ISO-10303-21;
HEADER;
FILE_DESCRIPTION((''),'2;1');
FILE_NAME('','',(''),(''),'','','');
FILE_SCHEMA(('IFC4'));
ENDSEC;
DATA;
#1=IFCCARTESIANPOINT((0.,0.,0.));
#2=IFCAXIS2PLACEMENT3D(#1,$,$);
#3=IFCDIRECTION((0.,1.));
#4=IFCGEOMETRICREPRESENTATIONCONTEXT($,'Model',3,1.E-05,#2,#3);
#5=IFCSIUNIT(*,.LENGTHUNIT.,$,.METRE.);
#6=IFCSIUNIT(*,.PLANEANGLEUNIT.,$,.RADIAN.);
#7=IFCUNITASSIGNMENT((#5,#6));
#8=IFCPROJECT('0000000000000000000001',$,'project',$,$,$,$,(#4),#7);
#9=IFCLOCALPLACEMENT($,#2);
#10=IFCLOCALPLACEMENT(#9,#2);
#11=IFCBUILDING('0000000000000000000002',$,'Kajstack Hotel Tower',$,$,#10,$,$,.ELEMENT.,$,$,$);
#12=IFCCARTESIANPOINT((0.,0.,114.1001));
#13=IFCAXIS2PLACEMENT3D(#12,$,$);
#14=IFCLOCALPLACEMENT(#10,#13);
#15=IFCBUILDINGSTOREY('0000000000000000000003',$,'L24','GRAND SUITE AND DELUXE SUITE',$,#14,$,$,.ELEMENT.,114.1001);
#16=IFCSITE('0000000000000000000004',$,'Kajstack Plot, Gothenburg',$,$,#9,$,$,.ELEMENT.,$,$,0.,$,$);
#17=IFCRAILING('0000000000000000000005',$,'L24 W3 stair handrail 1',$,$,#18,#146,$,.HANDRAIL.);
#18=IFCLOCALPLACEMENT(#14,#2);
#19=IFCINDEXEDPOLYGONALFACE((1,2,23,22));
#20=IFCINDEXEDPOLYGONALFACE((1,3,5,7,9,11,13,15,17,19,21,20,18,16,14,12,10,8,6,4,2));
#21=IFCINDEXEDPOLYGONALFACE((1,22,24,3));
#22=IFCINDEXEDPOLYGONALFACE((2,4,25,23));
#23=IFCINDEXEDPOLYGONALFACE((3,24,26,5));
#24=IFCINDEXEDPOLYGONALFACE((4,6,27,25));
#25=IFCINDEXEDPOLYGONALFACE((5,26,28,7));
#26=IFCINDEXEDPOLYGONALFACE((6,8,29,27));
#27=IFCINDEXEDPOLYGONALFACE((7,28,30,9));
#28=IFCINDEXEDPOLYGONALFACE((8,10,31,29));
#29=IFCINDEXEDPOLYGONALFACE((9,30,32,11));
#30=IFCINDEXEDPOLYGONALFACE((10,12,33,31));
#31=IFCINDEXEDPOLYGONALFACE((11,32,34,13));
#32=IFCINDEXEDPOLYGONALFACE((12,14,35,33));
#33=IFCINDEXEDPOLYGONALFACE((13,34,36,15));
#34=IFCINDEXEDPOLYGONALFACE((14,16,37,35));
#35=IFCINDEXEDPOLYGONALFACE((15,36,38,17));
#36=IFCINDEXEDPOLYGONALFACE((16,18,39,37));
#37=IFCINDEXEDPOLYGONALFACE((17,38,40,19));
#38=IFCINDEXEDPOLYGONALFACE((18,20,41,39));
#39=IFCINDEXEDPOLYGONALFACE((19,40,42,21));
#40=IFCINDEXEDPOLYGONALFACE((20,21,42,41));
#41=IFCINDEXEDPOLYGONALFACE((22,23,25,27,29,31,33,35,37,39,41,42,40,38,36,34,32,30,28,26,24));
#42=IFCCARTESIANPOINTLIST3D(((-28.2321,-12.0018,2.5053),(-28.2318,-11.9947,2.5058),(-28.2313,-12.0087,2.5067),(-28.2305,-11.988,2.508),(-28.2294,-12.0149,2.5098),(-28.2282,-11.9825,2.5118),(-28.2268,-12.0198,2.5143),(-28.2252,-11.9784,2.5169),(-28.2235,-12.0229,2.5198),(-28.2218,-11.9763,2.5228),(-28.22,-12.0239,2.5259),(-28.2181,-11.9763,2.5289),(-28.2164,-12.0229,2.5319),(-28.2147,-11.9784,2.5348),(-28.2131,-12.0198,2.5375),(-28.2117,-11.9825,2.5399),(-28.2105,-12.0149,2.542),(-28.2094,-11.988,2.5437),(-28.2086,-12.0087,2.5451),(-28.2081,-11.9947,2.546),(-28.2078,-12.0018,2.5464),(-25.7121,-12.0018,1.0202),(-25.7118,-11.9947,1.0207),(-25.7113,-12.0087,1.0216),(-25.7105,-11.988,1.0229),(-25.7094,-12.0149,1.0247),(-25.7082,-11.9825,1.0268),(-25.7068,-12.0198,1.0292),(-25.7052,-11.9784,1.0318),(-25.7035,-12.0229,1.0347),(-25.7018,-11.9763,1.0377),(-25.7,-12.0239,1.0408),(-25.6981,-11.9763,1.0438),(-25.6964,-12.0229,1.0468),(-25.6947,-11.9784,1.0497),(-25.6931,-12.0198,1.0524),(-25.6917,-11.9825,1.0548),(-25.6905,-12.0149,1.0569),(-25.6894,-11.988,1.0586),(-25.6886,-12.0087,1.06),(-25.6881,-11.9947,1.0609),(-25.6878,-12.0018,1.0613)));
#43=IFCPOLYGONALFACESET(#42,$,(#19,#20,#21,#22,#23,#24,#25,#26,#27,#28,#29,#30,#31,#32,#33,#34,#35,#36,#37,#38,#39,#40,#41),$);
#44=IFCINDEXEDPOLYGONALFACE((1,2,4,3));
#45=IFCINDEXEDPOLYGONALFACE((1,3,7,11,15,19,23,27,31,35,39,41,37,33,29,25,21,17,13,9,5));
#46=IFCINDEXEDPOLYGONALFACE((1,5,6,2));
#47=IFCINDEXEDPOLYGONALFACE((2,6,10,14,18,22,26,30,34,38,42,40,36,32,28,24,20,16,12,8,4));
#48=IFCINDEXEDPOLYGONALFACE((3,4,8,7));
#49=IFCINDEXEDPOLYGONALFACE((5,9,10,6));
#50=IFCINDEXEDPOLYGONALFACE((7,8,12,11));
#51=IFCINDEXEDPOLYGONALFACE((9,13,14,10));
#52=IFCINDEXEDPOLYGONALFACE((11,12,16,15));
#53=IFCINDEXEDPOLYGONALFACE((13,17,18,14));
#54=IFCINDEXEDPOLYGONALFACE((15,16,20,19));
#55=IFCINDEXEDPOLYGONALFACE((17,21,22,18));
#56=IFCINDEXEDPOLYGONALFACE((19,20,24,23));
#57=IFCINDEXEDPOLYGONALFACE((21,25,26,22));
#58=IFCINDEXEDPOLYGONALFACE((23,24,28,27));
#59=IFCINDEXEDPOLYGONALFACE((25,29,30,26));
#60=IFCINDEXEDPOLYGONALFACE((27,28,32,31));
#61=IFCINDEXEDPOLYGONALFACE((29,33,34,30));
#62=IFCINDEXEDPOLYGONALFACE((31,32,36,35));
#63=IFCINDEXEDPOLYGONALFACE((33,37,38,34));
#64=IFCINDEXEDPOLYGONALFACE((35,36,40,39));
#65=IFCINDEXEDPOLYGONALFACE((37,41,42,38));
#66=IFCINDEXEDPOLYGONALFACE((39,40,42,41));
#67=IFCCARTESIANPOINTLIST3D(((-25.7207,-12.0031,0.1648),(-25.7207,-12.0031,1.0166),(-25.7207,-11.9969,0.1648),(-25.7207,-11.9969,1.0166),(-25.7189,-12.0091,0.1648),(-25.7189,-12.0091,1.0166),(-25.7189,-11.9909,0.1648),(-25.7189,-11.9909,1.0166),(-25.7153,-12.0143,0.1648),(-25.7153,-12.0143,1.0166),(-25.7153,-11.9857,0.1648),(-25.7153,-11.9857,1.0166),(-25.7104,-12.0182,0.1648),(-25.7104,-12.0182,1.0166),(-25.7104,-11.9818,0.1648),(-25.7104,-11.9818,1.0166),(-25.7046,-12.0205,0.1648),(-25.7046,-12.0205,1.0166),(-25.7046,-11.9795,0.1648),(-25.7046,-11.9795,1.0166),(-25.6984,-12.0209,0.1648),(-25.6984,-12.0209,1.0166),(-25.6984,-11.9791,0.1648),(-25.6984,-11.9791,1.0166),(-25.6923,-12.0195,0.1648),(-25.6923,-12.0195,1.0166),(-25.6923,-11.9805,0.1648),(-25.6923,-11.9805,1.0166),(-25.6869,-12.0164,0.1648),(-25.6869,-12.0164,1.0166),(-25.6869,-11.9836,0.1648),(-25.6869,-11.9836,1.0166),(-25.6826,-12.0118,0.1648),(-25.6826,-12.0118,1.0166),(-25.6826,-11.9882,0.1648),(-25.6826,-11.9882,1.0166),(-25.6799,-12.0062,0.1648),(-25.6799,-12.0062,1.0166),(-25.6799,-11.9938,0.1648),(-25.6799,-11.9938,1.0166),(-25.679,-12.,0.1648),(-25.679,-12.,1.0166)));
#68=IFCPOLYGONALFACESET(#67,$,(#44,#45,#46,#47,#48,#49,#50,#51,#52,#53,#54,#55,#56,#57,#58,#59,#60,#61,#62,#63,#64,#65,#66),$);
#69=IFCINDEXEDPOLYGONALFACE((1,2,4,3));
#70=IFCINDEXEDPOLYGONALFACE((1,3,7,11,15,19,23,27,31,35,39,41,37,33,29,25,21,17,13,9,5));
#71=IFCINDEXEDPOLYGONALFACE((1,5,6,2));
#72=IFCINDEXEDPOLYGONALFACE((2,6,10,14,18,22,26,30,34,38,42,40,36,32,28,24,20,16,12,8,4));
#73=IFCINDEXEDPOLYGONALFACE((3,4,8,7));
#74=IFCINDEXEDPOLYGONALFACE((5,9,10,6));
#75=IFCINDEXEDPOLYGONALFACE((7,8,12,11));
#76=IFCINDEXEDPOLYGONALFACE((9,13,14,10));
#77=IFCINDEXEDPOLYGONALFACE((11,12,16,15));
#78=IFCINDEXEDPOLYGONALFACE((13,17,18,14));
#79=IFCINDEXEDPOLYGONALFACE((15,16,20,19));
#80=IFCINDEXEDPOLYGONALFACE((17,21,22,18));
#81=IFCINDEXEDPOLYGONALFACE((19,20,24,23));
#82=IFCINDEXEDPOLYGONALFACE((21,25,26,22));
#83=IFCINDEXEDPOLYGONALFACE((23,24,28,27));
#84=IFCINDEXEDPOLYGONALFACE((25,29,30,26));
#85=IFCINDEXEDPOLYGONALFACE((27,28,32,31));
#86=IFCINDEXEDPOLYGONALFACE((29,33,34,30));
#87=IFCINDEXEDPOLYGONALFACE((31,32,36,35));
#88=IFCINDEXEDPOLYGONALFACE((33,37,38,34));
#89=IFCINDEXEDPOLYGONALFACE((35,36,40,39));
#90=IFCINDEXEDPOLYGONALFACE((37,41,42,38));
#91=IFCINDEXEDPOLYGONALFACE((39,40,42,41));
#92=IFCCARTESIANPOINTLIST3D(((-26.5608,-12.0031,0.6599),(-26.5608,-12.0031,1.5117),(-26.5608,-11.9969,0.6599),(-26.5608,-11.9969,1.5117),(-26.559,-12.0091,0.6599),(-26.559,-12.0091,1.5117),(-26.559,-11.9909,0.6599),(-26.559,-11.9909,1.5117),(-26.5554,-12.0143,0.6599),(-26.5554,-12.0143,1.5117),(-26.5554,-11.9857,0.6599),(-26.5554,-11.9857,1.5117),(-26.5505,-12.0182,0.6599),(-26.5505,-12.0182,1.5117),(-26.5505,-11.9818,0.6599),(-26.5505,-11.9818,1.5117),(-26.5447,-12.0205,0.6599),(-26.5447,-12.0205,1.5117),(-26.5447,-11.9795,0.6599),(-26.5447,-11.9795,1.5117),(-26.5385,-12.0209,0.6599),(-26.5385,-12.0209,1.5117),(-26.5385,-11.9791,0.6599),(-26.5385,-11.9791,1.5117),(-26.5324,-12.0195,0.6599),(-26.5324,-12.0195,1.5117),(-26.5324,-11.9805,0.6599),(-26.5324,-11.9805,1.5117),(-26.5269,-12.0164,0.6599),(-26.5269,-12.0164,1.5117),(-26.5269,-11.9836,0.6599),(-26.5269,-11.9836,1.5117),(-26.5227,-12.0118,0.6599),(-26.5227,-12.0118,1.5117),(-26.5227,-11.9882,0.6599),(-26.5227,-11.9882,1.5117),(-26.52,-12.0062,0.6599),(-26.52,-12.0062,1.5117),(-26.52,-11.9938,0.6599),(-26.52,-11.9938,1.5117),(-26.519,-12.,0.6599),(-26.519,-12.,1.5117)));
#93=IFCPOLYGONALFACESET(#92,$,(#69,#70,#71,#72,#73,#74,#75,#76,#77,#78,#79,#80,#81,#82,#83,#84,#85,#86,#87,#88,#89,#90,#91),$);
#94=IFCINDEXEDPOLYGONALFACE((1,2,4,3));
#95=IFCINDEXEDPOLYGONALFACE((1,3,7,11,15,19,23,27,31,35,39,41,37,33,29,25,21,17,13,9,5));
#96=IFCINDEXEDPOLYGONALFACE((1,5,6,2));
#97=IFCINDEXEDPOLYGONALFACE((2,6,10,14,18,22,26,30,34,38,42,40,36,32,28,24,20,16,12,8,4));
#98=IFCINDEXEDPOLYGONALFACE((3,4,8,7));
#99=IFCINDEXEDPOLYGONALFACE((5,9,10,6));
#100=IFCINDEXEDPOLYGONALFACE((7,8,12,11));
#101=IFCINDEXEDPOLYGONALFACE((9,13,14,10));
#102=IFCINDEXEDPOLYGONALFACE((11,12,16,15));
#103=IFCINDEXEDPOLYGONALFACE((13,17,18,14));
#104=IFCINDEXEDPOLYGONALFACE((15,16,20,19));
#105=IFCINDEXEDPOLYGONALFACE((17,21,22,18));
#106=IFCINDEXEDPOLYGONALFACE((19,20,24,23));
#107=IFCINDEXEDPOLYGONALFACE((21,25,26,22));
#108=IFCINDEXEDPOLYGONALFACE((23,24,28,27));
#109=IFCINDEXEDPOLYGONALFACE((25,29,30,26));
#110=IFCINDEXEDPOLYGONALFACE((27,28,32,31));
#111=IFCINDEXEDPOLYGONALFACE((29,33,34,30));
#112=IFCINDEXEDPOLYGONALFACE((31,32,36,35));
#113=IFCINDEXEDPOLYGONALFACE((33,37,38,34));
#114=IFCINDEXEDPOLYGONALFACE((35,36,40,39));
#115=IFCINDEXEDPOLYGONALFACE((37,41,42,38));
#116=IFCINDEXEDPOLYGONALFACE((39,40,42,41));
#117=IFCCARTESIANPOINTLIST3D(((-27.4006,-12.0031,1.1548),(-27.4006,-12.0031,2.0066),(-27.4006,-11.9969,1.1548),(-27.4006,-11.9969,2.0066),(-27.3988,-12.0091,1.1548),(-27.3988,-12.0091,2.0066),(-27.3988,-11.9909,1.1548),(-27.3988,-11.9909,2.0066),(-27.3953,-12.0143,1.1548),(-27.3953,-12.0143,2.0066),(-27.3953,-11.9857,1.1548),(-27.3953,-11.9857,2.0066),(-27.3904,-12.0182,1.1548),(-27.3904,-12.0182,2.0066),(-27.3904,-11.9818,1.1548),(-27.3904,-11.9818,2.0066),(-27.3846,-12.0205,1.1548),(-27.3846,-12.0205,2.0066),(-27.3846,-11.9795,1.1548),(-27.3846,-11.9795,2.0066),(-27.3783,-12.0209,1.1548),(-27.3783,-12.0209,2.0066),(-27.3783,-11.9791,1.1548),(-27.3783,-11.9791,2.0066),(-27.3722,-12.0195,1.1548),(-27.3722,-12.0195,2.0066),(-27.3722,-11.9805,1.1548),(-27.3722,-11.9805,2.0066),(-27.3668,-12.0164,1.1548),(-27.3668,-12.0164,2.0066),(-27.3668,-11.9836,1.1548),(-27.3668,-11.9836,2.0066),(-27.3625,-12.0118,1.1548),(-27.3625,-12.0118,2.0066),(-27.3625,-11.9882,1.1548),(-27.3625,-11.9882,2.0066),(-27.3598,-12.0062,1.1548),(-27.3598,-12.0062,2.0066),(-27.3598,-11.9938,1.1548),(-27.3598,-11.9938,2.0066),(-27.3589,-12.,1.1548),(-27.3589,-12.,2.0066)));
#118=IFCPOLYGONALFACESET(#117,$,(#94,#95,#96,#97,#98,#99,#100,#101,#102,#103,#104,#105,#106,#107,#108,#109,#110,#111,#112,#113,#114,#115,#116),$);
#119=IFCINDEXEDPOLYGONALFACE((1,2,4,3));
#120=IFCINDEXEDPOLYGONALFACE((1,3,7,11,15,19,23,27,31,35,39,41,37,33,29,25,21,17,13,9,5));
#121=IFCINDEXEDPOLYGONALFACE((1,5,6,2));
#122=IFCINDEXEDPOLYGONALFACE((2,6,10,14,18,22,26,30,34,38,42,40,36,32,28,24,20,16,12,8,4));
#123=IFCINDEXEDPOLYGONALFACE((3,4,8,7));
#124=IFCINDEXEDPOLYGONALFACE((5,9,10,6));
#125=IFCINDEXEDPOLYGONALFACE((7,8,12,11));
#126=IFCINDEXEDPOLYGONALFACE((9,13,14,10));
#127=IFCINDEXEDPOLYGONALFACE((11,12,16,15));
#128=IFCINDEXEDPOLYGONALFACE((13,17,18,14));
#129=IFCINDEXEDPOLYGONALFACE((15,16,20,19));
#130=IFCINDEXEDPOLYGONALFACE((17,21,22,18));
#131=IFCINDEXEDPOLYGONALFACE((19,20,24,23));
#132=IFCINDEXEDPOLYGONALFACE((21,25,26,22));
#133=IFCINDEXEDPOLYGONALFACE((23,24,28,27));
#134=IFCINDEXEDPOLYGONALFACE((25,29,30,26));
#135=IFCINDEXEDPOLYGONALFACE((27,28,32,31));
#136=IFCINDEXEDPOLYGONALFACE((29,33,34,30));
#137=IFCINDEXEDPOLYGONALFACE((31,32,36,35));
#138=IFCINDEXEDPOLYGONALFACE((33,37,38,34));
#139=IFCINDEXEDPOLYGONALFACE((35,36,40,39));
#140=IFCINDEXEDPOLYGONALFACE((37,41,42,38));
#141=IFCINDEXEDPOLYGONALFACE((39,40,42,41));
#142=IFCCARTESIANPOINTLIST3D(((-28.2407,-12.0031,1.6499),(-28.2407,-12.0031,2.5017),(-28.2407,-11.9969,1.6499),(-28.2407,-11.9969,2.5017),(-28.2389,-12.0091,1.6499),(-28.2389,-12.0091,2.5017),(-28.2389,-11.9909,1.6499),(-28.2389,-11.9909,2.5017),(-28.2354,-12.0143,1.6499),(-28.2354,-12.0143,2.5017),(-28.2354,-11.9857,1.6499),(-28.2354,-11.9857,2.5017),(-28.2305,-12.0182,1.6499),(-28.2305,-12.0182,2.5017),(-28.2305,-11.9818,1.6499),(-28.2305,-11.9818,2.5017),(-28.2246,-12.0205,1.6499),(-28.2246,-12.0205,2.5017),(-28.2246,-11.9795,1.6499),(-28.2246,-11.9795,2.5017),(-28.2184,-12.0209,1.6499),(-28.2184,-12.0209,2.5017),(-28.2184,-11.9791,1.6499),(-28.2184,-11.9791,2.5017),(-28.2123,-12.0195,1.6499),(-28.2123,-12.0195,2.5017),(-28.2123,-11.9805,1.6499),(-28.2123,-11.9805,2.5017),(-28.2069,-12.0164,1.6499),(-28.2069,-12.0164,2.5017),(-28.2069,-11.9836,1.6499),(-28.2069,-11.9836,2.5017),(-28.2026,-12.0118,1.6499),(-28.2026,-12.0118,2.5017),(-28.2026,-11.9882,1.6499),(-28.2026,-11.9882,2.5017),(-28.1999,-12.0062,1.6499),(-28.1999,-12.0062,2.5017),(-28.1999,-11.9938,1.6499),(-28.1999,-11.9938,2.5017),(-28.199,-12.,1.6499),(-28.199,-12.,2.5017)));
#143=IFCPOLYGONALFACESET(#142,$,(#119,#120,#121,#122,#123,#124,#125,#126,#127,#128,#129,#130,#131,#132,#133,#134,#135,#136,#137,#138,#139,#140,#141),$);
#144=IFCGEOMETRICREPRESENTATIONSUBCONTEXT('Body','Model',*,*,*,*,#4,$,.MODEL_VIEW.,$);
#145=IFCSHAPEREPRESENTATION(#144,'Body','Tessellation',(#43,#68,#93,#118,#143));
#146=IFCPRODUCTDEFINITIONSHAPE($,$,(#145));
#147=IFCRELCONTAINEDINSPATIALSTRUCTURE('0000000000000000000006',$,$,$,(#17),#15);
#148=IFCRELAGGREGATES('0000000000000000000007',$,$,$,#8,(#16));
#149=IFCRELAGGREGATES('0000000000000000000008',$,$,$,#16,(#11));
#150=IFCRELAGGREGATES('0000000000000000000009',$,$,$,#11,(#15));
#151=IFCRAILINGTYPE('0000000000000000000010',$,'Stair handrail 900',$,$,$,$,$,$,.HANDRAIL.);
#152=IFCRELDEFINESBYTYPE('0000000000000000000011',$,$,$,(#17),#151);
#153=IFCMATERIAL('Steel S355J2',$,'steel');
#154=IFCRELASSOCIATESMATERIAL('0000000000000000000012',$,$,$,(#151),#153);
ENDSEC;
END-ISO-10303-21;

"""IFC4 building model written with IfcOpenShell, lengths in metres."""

from ifc_helpers import new_model, si_unit, direction, frame, origin, origin_2d, place, context, subcontext, project, spatial, circle, extrude, material, type_object, element, save


model = new_model("IFC4")

# Units and contexts
model_context = context("Model", 3, precision=1e-05, world=origin(), true_north=direction((0.0, 1.0)))
body_context = subcontext(model_context, "Body", "Model", "MODEL_VIEW")
ifc_project = project(units=[si_unit("LENGTHUNIT", "METRE"), si_unit("PLANEANGLEUNIT", "RADIAN")], contexts=[model_context])

# Site, building, storey
site_placement = place(None, origin())
site = spatial("IfcSite", under=ifc_project, at=site_placement, Name="Kajstack Plot, Gothenburg", CompositionType="ELEMENT", RefElevation=0.0)
building_placement = place(site_placement, origin())
building = spatial("IfcBuilding", under=site, at=building_placement, Name="Kajstack Hotel Tower", CompositionType="ELEMENT")
storey_placement = place(building_placement, frame((0.0, 0.0, 114.1001)))
storey = spatial("IfcBuildingStorey", under=building, at=storey_placement, Name="L24", Description="GRAND SUITE AND DELUXE SUITE", CompositionType="ELEMENT", Elevation=114.1001)

# Railing
ifc_material_1 = material(Name="Steel S355J2", Category="steel")
railing_type_1 = type_object("IfcRailingType", Name="Stair handrail 900", PredefinedType="HANDRAIL", material=ifc_material_1)
railing_1_placement = place(storey_placement, frame((-25.7, -12.0, 0.1648)))
element("IfcRailing", 1, at=railing_1_placement, inside=storey, type_object=railing_type_1, Name="L24 W3 stair handrail 1", PredefinedType="HANDRAIL", context=body_context, shape_type="SweptSolid", body=[
    extrude(circle(Radius=0.0239, at=origin_2d()), frame((0.0, 0.0, 0.876), z_axis=(-0.861524, 0.0, 0.507717), x_axis=(0.0, -1.0, 0.0)), (0.0, 0.0, 1.0), 2.925),
    extrude(circle(Radius=0.021, at=origin_2d()), origin(), (0.0, 0.0, 1.0), 0.8518),
    extrude(circle(Radius=0.021, at=origin_2d()), frame((-0.8401, 0.0, 0.4951)), (0.0, 0.0, 1.0), 0.8518),
    extrude(circle(Radius=0.021, at=origin_2d()), frame((-1.6799, 0.0, 0.99)), (0.0, 0.0, 1.0), 0.8518),
    extrude(circle(Radius=0.021, at=origin_2d()), frame((-2.52, 0.0, 1.4851)), (0.0, 0.0, 1.0), 0.8518),
])

save(model, "model.ifc")
